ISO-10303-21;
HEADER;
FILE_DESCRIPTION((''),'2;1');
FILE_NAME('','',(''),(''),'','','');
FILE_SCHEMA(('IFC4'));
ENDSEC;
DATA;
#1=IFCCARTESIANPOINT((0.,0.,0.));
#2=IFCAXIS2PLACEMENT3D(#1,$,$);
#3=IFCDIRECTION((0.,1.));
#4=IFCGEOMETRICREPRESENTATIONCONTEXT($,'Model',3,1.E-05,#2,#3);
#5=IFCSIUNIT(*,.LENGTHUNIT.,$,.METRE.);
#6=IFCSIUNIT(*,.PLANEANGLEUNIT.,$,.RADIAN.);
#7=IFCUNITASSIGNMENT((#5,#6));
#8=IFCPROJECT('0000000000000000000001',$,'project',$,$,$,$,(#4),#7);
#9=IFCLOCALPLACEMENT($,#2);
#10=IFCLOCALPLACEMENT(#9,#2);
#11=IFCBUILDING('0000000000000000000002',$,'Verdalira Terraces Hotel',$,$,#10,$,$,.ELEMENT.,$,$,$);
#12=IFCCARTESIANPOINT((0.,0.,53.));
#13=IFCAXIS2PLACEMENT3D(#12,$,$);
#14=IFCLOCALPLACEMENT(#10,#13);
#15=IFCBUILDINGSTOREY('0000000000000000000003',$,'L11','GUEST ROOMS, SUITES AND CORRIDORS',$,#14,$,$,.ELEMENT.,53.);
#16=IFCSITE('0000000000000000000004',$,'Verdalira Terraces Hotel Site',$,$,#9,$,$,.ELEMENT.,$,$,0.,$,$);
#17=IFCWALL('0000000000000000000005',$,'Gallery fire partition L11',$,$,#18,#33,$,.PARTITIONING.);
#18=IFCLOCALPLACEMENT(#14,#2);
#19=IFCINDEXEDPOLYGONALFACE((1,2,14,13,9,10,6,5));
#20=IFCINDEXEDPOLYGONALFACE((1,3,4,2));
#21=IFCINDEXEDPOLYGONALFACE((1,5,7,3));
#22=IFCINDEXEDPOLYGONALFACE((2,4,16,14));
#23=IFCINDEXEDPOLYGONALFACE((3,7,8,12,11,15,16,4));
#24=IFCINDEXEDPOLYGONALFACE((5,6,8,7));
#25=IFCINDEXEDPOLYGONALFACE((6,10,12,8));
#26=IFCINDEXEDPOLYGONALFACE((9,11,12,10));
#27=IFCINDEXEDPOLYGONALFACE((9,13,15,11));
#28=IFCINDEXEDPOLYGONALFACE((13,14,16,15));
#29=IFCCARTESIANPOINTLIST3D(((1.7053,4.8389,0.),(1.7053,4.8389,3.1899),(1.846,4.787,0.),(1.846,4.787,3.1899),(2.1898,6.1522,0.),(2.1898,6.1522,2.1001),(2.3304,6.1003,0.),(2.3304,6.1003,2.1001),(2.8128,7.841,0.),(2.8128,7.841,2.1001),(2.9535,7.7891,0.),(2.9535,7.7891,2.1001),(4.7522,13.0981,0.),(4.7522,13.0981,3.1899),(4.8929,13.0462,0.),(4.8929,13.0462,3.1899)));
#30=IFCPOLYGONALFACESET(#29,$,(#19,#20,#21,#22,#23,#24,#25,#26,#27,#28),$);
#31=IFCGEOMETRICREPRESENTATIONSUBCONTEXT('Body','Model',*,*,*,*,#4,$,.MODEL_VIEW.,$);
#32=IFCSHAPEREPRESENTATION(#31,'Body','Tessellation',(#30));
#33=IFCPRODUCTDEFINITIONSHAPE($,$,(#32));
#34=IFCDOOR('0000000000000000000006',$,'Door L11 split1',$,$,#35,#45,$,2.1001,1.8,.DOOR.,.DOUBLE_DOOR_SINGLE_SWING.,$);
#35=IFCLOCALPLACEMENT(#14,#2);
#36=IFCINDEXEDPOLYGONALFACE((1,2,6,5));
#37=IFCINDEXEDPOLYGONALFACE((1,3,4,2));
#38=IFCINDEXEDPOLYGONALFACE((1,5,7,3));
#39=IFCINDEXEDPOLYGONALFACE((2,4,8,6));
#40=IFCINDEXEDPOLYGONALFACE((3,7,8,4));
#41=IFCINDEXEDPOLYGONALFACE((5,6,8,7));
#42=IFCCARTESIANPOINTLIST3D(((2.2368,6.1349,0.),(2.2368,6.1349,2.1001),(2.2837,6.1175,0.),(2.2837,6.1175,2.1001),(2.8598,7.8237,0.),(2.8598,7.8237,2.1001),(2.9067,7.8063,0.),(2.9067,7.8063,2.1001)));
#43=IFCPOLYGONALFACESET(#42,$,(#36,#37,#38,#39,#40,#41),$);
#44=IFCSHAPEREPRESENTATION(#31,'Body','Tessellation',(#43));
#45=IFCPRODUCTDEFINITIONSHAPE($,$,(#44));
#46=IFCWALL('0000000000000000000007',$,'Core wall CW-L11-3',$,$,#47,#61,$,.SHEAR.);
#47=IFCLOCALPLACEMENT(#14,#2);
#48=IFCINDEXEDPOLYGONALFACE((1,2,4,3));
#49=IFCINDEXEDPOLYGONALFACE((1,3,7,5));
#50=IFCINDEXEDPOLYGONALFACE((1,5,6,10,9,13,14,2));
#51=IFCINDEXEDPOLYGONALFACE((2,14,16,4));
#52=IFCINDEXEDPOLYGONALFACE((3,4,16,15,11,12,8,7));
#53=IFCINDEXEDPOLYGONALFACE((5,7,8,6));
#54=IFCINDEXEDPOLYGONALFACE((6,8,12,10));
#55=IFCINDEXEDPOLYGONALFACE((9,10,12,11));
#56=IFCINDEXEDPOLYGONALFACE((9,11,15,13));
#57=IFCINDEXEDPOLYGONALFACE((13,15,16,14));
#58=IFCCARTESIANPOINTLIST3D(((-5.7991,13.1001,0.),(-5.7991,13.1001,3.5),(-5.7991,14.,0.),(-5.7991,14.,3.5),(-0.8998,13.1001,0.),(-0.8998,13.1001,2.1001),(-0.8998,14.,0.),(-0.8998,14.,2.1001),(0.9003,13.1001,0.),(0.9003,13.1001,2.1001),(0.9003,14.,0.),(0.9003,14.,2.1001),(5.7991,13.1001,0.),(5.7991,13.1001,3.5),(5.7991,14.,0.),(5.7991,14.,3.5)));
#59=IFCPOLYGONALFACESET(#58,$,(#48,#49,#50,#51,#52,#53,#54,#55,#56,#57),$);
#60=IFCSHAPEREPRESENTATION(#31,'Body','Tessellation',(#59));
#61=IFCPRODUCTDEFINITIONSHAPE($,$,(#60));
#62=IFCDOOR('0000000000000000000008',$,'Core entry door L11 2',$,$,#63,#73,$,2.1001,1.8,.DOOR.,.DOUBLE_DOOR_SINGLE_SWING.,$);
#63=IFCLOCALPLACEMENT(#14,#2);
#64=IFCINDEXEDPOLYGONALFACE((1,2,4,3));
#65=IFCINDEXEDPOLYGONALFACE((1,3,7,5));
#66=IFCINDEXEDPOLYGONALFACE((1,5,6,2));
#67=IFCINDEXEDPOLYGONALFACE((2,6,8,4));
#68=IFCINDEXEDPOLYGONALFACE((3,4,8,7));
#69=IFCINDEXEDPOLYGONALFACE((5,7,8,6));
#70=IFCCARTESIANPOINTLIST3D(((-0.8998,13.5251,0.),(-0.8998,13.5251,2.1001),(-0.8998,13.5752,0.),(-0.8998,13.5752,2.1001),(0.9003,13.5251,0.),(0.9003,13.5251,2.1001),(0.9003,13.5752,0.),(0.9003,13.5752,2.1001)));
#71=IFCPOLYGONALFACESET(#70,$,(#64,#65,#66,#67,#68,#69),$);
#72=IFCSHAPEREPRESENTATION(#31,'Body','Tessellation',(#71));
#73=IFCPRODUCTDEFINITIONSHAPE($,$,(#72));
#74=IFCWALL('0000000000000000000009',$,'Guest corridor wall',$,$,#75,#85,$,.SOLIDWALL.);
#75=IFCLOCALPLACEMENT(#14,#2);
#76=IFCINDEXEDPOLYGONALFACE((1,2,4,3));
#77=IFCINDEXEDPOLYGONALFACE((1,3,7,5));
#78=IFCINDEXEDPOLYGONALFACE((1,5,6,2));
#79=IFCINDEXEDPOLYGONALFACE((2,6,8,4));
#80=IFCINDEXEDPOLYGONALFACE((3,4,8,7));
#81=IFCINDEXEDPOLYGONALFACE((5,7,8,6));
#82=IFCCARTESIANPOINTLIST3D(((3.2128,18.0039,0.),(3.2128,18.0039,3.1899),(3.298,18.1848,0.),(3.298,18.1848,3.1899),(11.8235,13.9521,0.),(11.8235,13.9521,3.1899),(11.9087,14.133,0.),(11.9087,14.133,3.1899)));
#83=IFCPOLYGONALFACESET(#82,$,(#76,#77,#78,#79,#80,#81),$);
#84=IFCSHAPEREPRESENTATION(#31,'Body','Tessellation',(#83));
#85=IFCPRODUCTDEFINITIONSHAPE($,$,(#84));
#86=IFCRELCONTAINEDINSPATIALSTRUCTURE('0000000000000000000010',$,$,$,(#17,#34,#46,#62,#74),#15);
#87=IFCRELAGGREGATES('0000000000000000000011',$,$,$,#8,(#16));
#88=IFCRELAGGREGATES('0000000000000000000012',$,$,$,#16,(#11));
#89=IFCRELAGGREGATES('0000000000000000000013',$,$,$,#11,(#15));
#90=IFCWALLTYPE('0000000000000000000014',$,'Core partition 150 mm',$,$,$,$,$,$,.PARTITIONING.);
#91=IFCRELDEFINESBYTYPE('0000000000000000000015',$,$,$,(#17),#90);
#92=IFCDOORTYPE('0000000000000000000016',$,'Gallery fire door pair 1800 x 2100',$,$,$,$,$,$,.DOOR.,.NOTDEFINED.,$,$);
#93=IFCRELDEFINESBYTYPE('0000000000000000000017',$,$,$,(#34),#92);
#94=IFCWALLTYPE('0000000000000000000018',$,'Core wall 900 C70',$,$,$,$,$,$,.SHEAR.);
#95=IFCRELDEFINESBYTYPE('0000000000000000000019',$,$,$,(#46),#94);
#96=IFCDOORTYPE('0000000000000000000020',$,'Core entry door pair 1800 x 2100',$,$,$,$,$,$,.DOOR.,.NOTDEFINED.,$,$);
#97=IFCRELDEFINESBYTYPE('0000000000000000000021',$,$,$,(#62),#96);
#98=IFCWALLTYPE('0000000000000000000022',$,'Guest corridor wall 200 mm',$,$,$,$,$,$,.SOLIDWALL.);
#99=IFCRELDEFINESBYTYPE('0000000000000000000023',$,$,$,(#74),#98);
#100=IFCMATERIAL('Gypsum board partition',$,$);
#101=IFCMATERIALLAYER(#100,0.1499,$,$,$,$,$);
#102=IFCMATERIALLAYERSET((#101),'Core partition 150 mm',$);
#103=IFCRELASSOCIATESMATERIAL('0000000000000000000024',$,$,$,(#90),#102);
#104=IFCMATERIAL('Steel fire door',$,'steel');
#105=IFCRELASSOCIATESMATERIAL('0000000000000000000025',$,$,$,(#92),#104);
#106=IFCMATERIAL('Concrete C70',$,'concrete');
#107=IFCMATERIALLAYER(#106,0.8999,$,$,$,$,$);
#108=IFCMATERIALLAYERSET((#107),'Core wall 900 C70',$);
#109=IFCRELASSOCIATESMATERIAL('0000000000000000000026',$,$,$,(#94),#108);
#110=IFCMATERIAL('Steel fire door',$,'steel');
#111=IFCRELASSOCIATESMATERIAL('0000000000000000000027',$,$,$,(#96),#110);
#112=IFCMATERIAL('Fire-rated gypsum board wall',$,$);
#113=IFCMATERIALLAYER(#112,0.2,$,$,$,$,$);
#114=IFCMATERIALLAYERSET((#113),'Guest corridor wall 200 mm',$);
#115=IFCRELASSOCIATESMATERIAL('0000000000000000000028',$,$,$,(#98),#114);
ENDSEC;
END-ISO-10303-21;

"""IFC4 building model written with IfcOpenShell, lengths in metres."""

from ifc_helpers import new_model, si_unit, direction, frame, frame_2d, origin, place, context, subcontext, project, spatial, rectangle, extrude, material, layer, layer_set, type_object, element, fill, save


model = new_model("IFC4")

# Units and contexts
model_context = context("Model", 3, precision=1e-05, world=origin(), true_north=direction((0.0, 1.0)))
body_context = subcontext(model_context, "Body", "Model", "MODEL_VIEW")
ifc_project = project(units=[si_unit("LENGTHUNIT", "METRE"), si_unit("PLANEANGLEUNIT", "RADIAN")], contexts=[model_context])

# Site, building, storey
site_placement = place(None, origin())
site = spatial("IfcSite", under=ifc_project, at=site_placement, Name="Verdalira Terraces Hotel Site", CompositionType="ELEMENT", RefElevation=0.0)
building_placement = place(site_placement, origin())
building = spatial("IfcBuilding", under=site, at=building_placement, Name="Verdalira Terraces Hotel", CompositionType="ELEMENT")
storey_placement = place(building_placement, frame((0.0, 0.0, 53.0)))
storey = spatial("IfcBuildingStorey", under=building, at=storey_placement, Name="L11", Description="GUEST ROOMS, SUITES AND CORRIDORS", CompositionType="ELEMENT", Elevation=53.0)

# Walls, openings, doors
ifc_material_1 = material(Name="Gypsum board partition")
ifc_layer_1 = layer(ifc_material_1, 0.1499)
ifc_layer_set_1 = layer_set([ifc_layer_1], Name="Core partition 150 mm")
wall_type_1 = type_object("IfcWallType", Name="Core partition 150 mm", PredefinedType="PARTITIONING", material=ifc_layer_set_1)
wall_1_placement = place(storey_placement, frame((1.7756, 4.813, 0.0), z_axis=(0.0, 0.0, 1.0), x_axis=(0.346113, 0.938193, 0.0)))
wall_1 = element("IfcWall", 1, at=wall_1_placement, inside=storey, type_object=wall_type_1, Name="Gallery fire partition L11", PredefinedType="PARTITIONING", context=body_context, shape_type="SweptSolid", body=[
    extrude(rectangle(XDim=8.8032, YDim=0.1499, at=frame_2d((4.4016, 0.0))), origin(), (0.0, 0.0, 1.0), 3.1899),
])
opening_1_placement = place(wall_1_placement, frame((1.3999, 0.0, 0.0)))
opening_1 = element("IfcOpeningElement", 2, at=opening_1_placement, cuts=wall_1, PredefinedType="OPENING", context=body_context, shape_type="SweptSolid", body=[
    extrude(rectangle(XDim=1.8, YDim=2.1001, at=frame_2d((0.8999, 1.05))), frame((0.0, 0.085, 0.0), z_axis=(0.0, -1.0, 0.0), x_axis=(1.0, 0.0, 0.0)), (0.0, 0.0, 1.0), 0.1699),
])
ifc_material_2 = material(Name="Steel fire door", Category="steel")
door_type_1 = type_object("IfcDoorType", Name="Gallery fire door pair 1800 x 2100", OperationType="NOTDEFINED", PredefinedType="DOOR", material=ifc_material_2)
door_1_placement = place(opening_1_placement, origin())
door_1 = element("IfcDoor", 3, at=door_1_placement, inside=storey, type_object=door_type_1, Name="Door L11 split1", OperationType="DOUBLE_DOOR_SINGLE_SWING", OverallHeight=2.1001, OverallWidth=1.8, PredefinedType="DOOR", context=body_context, shape_type="SweptSolid", body=[
    extrude(rectangle(XDim=1.8, YDim=2.1001, at=frame_2d((0.8999, 1.05))), frame((0.0, 0.0249, 0.0), z_axis=(0.0, -1.0, 0.0), x_axis=(1.0, 0.0, 0.0)), (0.0, 0.0, 1.0), 0.05),
])
fill(opening_1, door_1)
ifc_material_3 = material(Name="Concrete C70", Category="concrete")
ifc_layer_2 = layer(ifc_material_3, 0.8999)
ifc_layer_set_2 = layer_set([ifc_layer_2], Name="Core wall 900 C70")
wall_type_2 = type_object("IfcWallType", Name="Core wall 900 C70", PredefinedType="SHEAR", material=ifc_layer_set_2)
wall_2_placement = place(storey_placement, frame((5.7991, 13.55, 0.0), z_axis=(0.0, 0.0, 1.0), x_axis=(-1.0, 0.0, 0.0)))
wall_2 = element("IfcWall", 4, at=wall_2_placement, inside=storey, type_object=wall_type_2, Name="Core wall CW-L11-3", PredefinedType="SHEAR", context=body_context, shape_type="SweptSolid", body=[
    extrude(rectangle(XDim=11.5981, YDim=0.8999, at=frame_2d((5.7991, 0.0))), origin(), (0.0, 0.0, 1.0), 3.5),
])
opening_2_placement = place(wall_2_placement, frame((4.8989, 0.0, 0.0)))
opening_2 = element("IfcOpeningElement", 5, at=opening_2_placement, cuts=wall_2, PredefinedType="OPENING", context=body_context, shape_type="SweptSolid", body=[
    extrude(rectangle(XDim=1.8, YDim=2.1001, at=frame_2d((0.8999, 1.05))), frame((0.0, 0.46, 0.0), z_axis=(0.0, -1.0, 0.0), x_axis=(1.0, 0.0, 0.0)), (0.0, 0.0, 1.0), 0.9199),
])
ifc_material_4 = material(Name="Steel fire door", Category="steel")
door_type_2 = type_object("IfcDoorType", Name="Core entry door pair 1800 x 2100", OperationType="NOTDEFINED", PredefinedType="DOOR", material=ifc_material_4)
door_2_placement = place(opening_2_placement, origin())
door_2 = element("IfcDoor", 6, at=door_2_placement, inside=storey, type_object=door_type_2, Name="Core entry door L11 2", OperationType="DOUBLE_DOOR_SINGLE_SWING", OverallHeight=2.1001, OverallWidth=1.8, PredefinedType="DOOR", context=body_context, shape_type="SweptSolid", body=[
    extrude(rectangle(XDim=1.8, YDim=2.1001, at=frame_2d((0.8999, 1.05))), frame((0.0, 0.0249, 0.0), z_axis=(0.0, -1.0, 0.0), x_axis=(1.0, 0.0, 0.0)), (0.0, 0.0, 1.0), 0.05),
])
fill(opening_2, door_2)

# Wall
ifc_material_5 = material(Name="Fire-rated gypsum board wall")
ifc_layer_3 = layer(ifc_material_5, 0.2)
ifc_layer_set_3 = layer_set([ifc_layer_3], Name="Guest corridor wall 200 mm")
wall_type_3 = type_object("IfcWallType", Name="Guest corridor wall 200 mm", PredefinedType="SOLIDWALL", material=ifc_layer_set_3)
wall_3_placement = place(storey_placement, frame((11.8662, 14.0425, 0.0), z_axis=(0.0, 0.0, 1.0), x_axis=(-0.90483, 0.425772, 0.0)))
element("IfcWall", 7, at=wall_3_placement, inside=storey, type_object=wall_type_3, Name="Guest corridor wall", PredefinedType="SOLIDWALL", context=body_context, shape_type="SweptSolid", body=[
    extrude(rectangle(XDim=9.5164, YDim=0.2, at=frame_2d((4.7583, 0.0))), origin(), (0.0, 0.0, 1.0), 3.1899),
])

save(model, "model.ifc")
